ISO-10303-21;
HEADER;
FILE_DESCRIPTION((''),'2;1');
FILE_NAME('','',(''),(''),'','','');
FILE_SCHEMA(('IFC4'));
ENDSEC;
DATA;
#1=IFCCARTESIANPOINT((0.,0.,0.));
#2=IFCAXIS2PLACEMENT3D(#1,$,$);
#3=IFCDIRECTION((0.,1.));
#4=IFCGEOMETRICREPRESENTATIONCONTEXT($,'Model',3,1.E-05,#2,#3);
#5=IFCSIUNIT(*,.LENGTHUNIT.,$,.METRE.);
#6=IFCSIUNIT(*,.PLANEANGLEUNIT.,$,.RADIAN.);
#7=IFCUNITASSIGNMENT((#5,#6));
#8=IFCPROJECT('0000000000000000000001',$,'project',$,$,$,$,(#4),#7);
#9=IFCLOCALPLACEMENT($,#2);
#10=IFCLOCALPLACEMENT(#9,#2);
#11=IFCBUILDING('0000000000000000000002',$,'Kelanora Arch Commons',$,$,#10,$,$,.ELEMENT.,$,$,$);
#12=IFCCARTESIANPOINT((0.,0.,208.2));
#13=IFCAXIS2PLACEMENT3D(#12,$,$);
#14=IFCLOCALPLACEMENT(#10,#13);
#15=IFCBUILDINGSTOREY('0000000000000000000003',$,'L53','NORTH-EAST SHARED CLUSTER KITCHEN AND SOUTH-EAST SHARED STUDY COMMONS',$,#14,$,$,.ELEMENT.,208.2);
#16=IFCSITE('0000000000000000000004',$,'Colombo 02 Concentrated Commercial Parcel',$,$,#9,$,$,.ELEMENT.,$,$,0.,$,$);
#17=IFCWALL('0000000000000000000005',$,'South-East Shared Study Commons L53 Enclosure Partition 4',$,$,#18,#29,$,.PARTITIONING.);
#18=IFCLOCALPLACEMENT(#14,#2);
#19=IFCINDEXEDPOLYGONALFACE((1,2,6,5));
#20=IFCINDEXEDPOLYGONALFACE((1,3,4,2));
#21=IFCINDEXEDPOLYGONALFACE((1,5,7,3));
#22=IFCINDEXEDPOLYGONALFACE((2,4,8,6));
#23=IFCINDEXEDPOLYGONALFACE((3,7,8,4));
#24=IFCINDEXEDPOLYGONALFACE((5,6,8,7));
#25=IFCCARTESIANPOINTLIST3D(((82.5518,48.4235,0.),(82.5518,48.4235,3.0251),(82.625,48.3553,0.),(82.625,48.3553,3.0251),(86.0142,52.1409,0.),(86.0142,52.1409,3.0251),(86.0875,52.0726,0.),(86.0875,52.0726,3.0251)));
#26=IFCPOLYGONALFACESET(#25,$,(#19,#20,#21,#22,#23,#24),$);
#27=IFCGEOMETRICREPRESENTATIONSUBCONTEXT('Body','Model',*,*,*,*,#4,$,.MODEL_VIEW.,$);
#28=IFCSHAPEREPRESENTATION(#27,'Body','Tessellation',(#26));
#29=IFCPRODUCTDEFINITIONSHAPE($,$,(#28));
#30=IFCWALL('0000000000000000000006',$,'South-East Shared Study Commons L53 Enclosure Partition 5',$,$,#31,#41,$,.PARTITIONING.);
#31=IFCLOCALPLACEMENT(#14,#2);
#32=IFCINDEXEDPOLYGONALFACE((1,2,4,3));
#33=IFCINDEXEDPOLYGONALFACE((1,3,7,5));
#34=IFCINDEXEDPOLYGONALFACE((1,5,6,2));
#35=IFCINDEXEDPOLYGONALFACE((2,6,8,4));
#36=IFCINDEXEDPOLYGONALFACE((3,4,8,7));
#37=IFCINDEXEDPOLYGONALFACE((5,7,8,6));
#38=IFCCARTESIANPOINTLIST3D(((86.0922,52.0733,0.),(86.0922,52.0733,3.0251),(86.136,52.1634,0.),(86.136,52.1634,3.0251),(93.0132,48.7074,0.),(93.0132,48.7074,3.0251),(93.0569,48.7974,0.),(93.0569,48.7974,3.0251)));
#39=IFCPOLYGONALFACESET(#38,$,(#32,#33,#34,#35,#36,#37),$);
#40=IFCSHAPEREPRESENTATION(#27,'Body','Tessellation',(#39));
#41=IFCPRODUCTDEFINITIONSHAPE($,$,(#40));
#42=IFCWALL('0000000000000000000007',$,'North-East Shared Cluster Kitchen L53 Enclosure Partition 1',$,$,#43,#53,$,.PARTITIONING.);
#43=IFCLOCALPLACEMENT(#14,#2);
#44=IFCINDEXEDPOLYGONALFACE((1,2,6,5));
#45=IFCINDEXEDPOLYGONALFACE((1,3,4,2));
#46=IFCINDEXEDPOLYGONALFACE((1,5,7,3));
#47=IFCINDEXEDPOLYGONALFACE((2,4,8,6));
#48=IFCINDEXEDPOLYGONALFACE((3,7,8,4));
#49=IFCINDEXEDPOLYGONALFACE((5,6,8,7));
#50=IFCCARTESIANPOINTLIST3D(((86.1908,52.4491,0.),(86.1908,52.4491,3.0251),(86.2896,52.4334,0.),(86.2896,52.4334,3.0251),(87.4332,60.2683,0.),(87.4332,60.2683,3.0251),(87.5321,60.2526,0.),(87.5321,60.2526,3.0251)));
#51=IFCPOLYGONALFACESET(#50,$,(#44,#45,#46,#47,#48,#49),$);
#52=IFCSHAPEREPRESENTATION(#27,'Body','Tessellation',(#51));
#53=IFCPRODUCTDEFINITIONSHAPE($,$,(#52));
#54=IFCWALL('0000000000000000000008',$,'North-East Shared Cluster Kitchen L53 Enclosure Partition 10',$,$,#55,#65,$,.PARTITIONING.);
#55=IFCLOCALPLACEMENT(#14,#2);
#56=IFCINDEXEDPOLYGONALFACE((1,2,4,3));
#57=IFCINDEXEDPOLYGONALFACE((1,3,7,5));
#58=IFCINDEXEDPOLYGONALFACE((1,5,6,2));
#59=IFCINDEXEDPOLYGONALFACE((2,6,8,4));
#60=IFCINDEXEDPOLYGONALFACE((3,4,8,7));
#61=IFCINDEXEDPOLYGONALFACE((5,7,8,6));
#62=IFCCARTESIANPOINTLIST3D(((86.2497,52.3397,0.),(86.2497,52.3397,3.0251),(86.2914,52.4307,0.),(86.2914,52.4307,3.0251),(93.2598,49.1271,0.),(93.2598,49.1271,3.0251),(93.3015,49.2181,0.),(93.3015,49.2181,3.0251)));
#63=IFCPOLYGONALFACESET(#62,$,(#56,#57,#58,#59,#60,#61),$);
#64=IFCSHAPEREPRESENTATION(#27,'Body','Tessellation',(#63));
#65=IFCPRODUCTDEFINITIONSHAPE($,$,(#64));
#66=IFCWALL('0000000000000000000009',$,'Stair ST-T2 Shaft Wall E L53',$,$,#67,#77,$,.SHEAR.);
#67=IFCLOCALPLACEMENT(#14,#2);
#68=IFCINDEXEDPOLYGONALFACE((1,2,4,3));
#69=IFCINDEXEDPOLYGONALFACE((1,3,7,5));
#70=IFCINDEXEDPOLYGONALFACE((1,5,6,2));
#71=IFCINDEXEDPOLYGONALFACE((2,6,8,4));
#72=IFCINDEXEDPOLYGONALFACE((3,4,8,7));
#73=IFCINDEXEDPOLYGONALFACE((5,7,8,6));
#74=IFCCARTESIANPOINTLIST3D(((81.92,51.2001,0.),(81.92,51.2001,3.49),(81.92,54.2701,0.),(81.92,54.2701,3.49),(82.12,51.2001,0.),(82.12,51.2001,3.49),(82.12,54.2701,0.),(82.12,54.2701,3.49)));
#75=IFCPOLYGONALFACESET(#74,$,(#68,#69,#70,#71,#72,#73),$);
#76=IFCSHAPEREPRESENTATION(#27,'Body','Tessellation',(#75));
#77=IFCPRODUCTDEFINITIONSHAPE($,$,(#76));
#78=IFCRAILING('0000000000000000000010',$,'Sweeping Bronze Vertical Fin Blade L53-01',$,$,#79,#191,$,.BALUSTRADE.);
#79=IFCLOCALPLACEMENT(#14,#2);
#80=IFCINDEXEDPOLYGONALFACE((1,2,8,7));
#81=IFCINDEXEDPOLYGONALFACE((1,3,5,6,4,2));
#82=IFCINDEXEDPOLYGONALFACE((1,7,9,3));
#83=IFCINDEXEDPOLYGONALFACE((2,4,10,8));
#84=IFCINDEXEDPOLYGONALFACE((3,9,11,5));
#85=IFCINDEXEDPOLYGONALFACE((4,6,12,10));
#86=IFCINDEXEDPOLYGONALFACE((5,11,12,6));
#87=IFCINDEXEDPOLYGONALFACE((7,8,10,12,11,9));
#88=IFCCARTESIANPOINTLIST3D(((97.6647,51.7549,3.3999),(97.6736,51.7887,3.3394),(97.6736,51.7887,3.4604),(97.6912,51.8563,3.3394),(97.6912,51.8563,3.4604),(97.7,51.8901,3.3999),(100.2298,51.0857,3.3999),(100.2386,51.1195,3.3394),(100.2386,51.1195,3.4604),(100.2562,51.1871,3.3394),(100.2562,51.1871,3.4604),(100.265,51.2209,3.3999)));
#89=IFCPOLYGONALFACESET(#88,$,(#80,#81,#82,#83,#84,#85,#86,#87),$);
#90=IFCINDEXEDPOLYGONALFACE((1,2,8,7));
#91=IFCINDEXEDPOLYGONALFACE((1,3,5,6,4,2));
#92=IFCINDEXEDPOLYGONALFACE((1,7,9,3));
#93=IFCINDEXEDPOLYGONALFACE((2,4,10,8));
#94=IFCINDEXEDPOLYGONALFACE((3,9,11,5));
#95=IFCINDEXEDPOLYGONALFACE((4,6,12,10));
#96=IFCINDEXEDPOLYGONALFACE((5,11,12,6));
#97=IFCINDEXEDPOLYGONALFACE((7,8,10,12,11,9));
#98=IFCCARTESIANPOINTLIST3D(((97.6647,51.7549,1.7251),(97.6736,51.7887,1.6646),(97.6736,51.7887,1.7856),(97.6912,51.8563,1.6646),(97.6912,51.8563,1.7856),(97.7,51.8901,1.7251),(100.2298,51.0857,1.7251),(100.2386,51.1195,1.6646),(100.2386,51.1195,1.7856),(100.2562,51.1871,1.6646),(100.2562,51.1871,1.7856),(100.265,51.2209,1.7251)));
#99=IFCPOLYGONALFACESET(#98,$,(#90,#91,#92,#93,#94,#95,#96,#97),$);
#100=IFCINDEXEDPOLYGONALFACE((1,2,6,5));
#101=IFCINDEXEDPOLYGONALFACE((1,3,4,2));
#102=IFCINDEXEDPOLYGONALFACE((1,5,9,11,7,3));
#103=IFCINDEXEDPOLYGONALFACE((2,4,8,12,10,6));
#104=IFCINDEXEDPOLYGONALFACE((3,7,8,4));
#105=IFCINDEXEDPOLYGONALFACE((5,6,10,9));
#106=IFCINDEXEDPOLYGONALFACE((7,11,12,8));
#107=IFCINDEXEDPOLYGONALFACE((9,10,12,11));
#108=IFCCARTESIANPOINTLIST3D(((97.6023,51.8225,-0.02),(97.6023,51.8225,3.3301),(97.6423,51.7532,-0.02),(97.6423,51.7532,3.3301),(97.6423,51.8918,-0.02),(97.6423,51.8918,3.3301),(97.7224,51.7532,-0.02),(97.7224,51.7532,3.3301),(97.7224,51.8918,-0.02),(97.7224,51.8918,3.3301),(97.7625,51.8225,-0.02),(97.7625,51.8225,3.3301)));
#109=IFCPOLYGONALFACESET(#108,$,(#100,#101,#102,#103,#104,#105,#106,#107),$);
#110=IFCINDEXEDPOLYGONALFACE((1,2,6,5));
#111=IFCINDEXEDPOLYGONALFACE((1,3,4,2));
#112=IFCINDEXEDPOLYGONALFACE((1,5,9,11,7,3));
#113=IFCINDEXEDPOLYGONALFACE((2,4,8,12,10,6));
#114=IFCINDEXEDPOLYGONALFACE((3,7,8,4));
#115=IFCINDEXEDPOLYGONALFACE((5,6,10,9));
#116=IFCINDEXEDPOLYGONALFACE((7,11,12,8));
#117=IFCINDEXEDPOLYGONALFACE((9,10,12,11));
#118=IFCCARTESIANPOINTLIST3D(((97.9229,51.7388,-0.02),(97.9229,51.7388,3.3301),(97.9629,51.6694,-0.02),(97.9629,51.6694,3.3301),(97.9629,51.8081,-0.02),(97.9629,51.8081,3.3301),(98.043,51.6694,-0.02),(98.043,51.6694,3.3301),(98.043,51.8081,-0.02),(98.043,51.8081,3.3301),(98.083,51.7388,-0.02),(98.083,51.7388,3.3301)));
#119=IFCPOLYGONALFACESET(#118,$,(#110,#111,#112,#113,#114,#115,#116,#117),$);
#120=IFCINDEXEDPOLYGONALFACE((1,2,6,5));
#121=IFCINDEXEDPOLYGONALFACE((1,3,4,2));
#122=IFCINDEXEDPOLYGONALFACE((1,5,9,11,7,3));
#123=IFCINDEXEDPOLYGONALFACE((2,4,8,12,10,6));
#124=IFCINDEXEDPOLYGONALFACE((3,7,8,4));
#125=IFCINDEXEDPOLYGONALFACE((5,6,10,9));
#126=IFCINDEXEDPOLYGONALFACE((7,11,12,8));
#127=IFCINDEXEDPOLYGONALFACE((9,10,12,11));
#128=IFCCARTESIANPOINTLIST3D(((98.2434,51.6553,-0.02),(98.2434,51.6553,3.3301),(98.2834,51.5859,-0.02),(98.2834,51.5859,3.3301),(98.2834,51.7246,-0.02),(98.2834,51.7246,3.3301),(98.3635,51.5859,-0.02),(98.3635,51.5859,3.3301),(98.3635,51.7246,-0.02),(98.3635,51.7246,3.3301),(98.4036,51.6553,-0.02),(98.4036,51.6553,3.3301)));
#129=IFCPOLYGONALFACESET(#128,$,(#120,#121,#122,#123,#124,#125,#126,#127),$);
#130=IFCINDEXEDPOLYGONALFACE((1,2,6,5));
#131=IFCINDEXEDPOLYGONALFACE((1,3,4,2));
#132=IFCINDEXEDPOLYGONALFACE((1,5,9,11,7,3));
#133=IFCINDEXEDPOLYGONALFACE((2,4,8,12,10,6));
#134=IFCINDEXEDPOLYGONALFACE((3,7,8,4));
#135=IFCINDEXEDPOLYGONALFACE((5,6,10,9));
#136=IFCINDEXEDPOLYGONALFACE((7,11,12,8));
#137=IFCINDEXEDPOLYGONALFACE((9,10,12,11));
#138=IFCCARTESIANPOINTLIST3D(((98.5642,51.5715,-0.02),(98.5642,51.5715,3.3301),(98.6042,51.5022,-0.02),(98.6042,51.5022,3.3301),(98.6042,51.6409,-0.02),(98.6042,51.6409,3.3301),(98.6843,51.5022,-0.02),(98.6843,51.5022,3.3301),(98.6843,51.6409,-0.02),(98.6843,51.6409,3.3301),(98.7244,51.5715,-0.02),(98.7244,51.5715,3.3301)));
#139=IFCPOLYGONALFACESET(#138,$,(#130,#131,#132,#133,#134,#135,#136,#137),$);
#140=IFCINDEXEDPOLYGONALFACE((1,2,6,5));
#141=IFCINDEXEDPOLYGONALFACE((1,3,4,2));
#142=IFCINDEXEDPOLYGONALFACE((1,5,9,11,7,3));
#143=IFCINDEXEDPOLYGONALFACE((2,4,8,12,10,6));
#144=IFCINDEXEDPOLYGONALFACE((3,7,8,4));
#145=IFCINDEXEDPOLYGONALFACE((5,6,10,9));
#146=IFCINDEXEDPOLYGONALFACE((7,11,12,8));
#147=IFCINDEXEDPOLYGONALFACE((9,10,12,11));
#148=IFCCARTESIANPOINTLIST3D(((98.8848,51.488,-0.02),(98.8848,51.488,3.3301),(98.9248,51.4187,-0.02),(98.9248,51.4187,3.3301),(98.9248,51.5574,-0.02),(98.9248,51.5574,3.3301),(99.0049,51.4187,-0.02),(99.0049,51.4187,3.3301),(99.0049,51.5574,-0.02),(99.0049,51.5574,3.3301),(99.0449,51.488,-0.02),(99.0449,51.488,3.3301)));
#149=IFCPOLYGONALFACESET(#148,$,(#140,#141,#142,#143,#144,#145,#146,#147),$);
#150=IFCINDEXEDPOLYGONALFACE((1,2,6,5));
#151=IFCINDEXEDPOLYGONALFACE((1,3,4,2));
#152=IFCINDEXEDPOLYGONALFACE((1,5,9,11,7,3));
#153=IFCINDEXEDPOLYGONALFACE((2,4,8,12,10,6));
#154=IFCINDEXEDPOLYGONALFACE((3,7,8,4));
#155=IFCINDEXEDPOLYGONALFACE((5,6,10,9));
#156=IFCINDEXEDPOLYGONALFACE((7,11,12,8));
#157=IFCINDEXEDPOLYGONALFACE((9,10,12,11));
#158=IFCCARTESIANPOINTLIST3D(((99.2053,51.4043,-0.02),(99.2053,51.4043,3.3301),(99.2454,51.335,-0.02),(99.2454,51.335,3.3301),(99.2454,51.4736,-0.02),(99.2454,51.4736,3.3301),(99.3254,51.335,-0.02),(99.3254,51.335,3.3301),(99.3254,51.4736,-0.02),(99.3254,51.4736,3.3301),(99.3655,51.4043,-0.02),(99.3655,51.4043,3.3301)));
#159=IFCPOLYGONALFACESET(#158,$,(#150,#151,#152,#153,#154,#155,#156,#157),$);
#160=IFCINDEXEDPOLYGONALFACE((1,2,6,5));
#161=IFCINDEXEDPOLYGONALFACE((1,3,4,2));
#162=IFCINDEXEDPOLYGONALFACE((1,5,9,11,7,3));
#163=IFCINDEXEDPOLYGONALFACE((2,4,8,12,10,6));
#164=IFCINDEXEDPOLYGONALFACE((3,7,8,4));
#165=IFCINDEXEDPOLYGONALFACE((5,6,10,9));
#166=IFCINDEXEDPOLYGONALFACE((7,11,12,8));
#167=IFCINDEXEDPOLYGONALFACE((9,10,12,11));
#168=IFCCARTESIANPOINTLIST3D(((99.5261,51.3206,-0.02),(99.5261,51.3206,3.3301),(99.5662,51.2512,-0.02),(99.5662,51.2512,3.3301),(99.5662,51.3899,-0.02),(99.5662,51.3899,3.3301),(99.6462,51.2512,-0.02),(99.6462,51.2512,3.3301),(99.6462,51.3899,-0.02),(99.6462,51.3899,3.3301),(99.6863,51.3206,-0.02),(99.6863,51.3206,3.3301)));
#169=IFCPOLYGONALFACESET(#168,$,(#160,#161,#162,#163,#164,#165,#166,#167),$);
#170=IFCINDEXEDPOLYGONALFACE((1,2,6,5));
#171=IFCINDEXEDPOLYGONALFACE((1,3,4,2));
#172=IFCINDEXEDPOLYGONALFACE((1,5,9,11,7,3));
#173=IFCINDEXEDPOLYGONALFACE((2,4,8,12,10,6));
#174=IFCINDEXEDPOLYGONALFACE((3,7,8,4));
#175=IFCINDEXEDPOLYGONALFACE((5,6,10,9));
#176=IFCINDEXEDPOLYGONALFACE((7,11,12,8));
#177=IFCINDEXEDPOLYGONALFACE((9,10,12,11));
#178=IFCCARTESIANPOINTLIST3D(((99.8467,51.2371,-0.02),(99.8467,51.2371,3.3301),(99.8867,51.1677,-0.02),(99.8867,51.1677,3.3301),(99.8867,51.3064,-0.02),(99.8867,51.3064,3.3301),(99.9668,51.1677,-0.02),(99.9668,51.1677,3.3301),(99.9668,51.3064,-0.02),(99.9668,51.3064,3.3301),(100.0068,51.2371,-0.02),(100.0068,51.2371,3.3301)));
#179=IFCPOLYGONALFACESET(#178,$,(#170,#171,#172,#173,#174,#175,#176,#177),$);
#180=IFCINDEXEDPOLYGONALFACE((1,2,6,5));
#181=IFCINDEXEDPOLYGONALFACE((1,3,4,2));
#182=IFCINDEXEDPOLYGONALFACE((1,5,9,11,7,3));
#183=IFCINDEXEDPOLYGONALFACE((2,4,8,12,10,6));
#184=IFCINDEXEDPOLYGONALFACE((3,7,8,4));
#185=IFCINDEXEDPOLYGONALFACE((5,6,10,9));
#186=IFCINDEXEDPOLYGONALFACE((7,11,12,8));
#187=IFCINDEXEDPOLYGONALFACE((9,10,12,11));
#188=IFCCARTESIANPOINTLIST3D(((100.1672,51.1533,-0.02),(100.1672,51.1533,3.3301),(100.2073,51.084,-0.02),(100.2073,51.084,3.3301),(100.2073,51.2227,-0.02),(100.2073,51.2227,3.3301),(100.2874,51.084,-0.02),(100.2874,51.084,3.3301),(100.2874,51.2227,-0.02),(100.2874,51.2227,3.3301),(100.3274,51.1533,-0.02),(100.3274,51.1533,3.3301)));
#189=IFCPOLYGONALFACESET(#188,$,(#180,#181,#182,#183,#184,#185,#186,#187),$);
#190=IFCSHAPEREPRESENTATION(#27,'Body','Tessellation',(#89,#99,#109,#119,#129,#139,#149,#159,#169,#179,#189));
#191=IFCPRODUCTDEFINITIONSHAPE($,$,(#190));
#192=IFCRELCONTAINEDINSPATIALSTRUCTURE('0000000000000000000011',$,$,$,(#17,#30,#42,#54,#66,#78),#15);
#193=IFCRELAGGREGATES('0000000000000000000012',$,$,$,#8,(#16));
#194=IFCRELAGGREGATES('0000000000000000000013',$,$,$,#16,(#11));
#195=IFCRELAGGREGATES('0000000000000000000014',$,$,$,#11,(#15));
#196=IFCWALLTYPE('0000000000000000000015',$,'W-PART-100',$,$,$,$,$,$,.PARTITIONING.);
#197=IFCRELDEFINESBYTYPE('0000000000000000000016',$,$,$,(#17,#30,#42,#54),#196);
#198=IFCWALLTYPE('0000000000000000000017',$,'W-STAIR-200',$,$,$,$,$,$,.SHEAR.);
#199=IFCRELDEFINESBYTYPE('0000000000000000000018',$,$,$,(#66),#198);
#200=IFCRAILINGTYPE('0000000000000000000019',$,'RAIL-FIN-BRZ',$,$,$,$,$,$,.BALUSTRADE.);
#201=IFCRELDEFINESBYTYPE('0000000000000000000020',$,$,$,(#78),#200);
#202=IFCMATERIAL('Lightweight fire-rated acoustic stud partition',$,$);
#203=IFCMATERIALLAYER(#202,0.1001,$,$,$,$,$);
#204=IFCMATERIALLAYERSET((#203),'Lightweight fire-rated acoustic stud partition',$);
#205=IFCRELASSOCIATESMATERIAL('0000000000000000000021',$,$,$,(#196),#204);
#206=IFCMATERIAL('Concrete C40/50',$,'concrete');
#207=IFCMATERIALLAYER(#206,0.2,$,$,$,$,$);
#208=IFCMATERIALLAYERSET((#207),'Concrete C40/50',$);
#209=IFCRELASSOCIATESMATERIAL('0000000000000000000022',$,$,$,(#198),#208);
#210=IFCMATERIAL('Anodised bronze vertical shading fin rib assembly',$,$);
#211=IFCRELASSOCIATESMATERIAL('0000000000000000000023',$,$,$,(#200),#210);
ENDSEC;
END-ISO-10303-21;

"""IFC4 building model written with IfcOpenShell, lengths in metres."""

from ifc_helpers import new_model, si_unit, direction, frame, frame_2d, origin, place, context, subcontext, project, spatial, polyline, rectangle, outline, extrude, material, layer, layer_set, type_object, element, save


model = new_model("IFC4")

# Units and contexts
model_context = context("Model", 3, precision=1e-05, world=origin(), true_north=direction((0.0, 1.0)))
body_context = subcontext(model_context, "Body", "Model", "MODEL_VIEW")
ifc_project = project(units=[si_unit("LENGTHUNIT", "METRE"), si_unit("PLANEANGLEUNIT", "RADIAN")], contexts=[model_context])

# Site, building, storey
site_placement = place(None, origin())
site = spatial("IfcSite", under=ifc_project, at=site_placement, Name="Colombo 02 Concentrated Commercial Parcel", CompositionType="ELEMENT", RefElevation=0.0)
building_placement = place(site_placement, origin())
building = spatial("IfcBuilding", under=site, at=building_placement, Name="Kelanora Arch Commons", CompositionType="ELEMENT")
storey_placement = place(building_placement, frame((0.0, 0.0, 208.2)))
storey = spatial("IfcBuildingStorey", under=building, at=storey_placement, Name="L53", Description="NORTH-EAST SHARED CLUSTER KITCHEN AND SOUTH-EAST SHARED STUDY COMMONS", CompositionType="ELEMENT", Elevation=208.2)

# Walls
ifc_material_1 = material(Name="Lightweight fire-rated acoustic stud partition")
ifc_layer_1 = layer(ifc_material_1, 0.1001)
ifc_layer_set_1 = layer_set([ifc_layer_1], Name="Lightweight fire-rated acoustic stud partition")
wall_type_1 = type_object("IfcWallType", Name="W-PART-100", PredefinedType="PARTITIONING", material=ifc_layer_set_1)
wall_1_placement = place(storey_placement, frame((82.5884, 48.3894, 0.0), z_axis=(0.0, 0.0, 1.0), x_axis=(0.681575, 0.731748, 0.0)))
element("IfcWall", 1, at=wall_1_placement, inside=storey, type_object=wall_type_1, Name="South-East Shared Study Commons L53 Enclosure Partition 4", PredefinedType="PARTITIONING", context=body_context, shape_type="SweptSolid", body=[
    extrude(rectangle(XDim=5.0801, YDim=0.1001, at=frame_2d((2.54, 0.0))), origin(), (0.0, 0.0, 1.0), 3.0251),
])
wall_2_placement = place(storey_placement, frame((86.114, 52.1184, 0.0), z_axis=(0.0, 0.0, 1.0), x_axis=(0.899284, -0.437365, 0.0)))
element("IfcWall", 2, at=wall_2_placement, inside=storey, type_object=wall_type_1, Name="South-East Shared Study Commons L53 Enclosure Partition 5", PredefinedType="PARTITIONING", context=body_context, shape_type="SweptSolid", body=[
    extrude(rectangle(XDim=7.696, YDim=0.1001, at=frame_2d((3.8481, 0.0))), origin(), (0.0, 0.0, 1.0), 3.0251),
])
wall_3_placement = place(storey_placement, frame((86.2402, 52.4414, 0.0), z_axis=(0.0, 0.0, 1.0), x_axis=(0.156928, 0.98761, 0.0)))
element("IfcWall", 3, at=wall_3_placement, inside=storey, type_object=wall_type_1, Name="North-East Shared Cluster Kitchen L53 Enclosure Partition 1", PredefinedType="PARTITIONING", context=body_context, shape_type="SweptSolid", body=[
    extrude(rectangle(XDim=7.9172, YDim=0.1001, at=frame_2d((3.9585, 0.0))), origin(), (0.0, 0.0, 1.0), 3.0251),
])
wall_4_placement = place(storey_placement, frame((93.2805, 49.1726, 0.0), z_axis=(0.0, 0.0, 1.0), x_axis=(-0.909078, 0.416625, 0.0)))
element("IfcWall", 4, at=wall_4_placement, inside=storey, type_object=wall_type_1, Name="North-East Shared Cluster Kitchen L53 Enclosure Partition 10", PredefinedType="PARTITIONING", context=body_context, shape_type="SweptSolid", body=[
    extrude(rectangle(XDim=7.7112, YDim=0.1001, at=frame_2d((3.8555, 0.0))), origin(), (0.0, 0.0, 1.0), 3.0251),
])
ifc_material_2 = material(Name="Concrete C40/50", Category="concrete")
ifc_layer_2 = layer(ifc_material_2, 0.2)
ifc_layer_set_2 = layer_set([ifc_layer_2], Name="Concrete C40/50")
wall_type_2 = type_object("IfcWallType", Name="W-STAIR-200", PredefinedType="SHEAR", material=ifc_layer_set_2)
wall_5_placement = place(storey_placement, frame((82.02, 51.2, 0.0), z_axis=(0.0, 0.0, 1.0), x_axis=(0.0, 1.0, 0.0)))
element("IfcWall", 5, at=wall_5_placement, inside=storey, type_object=wall_type_2, Name="Stair ST-T2 Shaft Wall E L53", PredefinedType="SHEAR", context=body_context, shape_type="SweptSolid", body=[
    extrude(rectangle(XDim=3.0701, YDim=0.2, at=frame_2d((1.5352, 0.0))), origin(), (0.0, 0.0, 1.0), 3.49),
])

# Railing
ifc_material_3 = material(Name="Anodised bronze vertical shading fin rib assembly")
railing_type = type_object("IfcRailingType", Name="RAIL-FIN-BRZ", PredefinedType="BALUSTRADE", material=ifc_material_3)
railing_placement = place(storey_placement, frame((97.6824, 51.8225, -0.02)))
element("IfcRailing", 6, at=railing_placement, inside=storey, type_object=railing_type, Name="Sweeping Bronze Vertical Fin Blade L53-01", PredefinedType="BALUSTRADE", context=body_context, shape_type="SweptSolid", body=[
    extrude(outline(polyline([(0.0698, 0.0), (0.0349, 0.0605), (-0.0349, 0.0605), (-0.0698, 0.0), (-0.0349, -0.0605), (0.0349, -0.0605), (0.0698, 0.0)])), frame((0.0, 0.0, 3.4199), z_axis=(0.96761, -0.252448, 0.0), x_axis=(0.252448, 0.96761, 0.0)), (0.0, 0.0, 1.0), 2.6509),
    extrude(outline(polyline([(0.0698, 0.0), (0.0349, 0.0605), (-0.0349, 0.0605), (-0.0698, 0.0), (-0.0349, -0.0605), (0.0349, -0.0605), (0.0698, 0.0)])), frame((0.0, 0.0, 1.7451), z_axis=(0.96761, -0.252448, 0.0), x_axis=(0.252448, 0.96761, 0.0)), (0.0, 0.0, 1.0), 2.6509),
    extrude(outline(polyline([(0.0801, 0.0), (0.04, 0.0693), (-0.04, 0.0693), (-0.0801, 0.0), (-0.04, -0.0693), (0.04, -0.0693), (0.0801, 0.0)])), origin(), (0.0, 0.0, 1.0), 3.3501),
    extrude(outline(polyline([(0.0801, 0.0), (0.04, 0.0693), (-0.04, 0.0693), (-0.0801, 0.0), (-0.04, -0.0693), (0.04, -0.0693), (0.0801, 0.0)])), frame((0.3206, -0.0837, 0.0)), (0.0, 0.0, 1.0), 3.3501),
    extrude(outline(polyline([(0.0801, 0.0), (0.04, 0.0693), (-0.04, 0.0693), (-0.0801, 0.0), (-0.04, -0.0693), (0.04, -0.0693), (0.0801, 0.0)])), frame((0.6411, -0.1672, 0.0)), (0.0, 0.0, 1.0), 3.3501),
    extrude(outline(polyline([(0.0801, 0.0), (0.04, 0.0693), (-0.04, 0.0693), (-0.0801, 0.0), (-0.04, -0.0693), (0.04, -0.0693), (0.0801, 0.0)])), frame((0.9619, -0.251, 0.0)), (0.0, 0.0, 1.0), 3.3501),
    extrude(outline(polyline([(0.0801, 0.0), (0.04, 0.0693), (-0.04, 0.0693), (-0.0801, 0.0), (-0.04, -0.0693), (0.04, -0.0693), (0.0801, 0.0)])), frame((1.2825, -0.3345, 0.0)), (0.0, 0.0, 1.0), 3.3501),
    extrude(outline(polyline([(0.0801, 0.0), (0.04, 0.0693), (-0.04, 0.0693), (-0.0801, 0.0), (-0.04, -0.0693), (0.04, -0.0693), (0.0801, 0.0)])), frame((1.603, -0.4182, 0.0)), (0.0, 0.0, 1.0), 3.3501),
    extrude(outline(polyline([(0.0801, 0.0), (0.04, 0.0693), (-0.04, 0.0693), (-0.0801, 0.0), (-0.04, -0.0693), (0.04, -0.0693), (0.0801, 0.0)])), frame((1.9238, -0.502, 0.0)), (0.0, 0.0, 1.0), 3.3501),
    extrude(outline(polyline([(0.0801, 0.0), (0.04, 0.0693), (-0.04, 0.0693), (-0.0801, 0.0), (-0.04, -0.0693), (0.04, -0.0693), (0.0801, 0.0)])), frame((2.2444, -0.5854, 0.0)), (0.0, 0.0, 1.0), 3.3501),
    extrude(outline(polyline([(0.0801, 0.0), (0.04, 0.0693), (-0.04, 0.0693), (-0.0801, 0.0), (-0.04, -0.0693), (0.04, -0.0693), (0.0801, 0.0)])), frame((2.5649, -0.6692, 0.0)), (0.0, 0.0, 1.0), 3.3501),
])

save(model, "model.ifc")
